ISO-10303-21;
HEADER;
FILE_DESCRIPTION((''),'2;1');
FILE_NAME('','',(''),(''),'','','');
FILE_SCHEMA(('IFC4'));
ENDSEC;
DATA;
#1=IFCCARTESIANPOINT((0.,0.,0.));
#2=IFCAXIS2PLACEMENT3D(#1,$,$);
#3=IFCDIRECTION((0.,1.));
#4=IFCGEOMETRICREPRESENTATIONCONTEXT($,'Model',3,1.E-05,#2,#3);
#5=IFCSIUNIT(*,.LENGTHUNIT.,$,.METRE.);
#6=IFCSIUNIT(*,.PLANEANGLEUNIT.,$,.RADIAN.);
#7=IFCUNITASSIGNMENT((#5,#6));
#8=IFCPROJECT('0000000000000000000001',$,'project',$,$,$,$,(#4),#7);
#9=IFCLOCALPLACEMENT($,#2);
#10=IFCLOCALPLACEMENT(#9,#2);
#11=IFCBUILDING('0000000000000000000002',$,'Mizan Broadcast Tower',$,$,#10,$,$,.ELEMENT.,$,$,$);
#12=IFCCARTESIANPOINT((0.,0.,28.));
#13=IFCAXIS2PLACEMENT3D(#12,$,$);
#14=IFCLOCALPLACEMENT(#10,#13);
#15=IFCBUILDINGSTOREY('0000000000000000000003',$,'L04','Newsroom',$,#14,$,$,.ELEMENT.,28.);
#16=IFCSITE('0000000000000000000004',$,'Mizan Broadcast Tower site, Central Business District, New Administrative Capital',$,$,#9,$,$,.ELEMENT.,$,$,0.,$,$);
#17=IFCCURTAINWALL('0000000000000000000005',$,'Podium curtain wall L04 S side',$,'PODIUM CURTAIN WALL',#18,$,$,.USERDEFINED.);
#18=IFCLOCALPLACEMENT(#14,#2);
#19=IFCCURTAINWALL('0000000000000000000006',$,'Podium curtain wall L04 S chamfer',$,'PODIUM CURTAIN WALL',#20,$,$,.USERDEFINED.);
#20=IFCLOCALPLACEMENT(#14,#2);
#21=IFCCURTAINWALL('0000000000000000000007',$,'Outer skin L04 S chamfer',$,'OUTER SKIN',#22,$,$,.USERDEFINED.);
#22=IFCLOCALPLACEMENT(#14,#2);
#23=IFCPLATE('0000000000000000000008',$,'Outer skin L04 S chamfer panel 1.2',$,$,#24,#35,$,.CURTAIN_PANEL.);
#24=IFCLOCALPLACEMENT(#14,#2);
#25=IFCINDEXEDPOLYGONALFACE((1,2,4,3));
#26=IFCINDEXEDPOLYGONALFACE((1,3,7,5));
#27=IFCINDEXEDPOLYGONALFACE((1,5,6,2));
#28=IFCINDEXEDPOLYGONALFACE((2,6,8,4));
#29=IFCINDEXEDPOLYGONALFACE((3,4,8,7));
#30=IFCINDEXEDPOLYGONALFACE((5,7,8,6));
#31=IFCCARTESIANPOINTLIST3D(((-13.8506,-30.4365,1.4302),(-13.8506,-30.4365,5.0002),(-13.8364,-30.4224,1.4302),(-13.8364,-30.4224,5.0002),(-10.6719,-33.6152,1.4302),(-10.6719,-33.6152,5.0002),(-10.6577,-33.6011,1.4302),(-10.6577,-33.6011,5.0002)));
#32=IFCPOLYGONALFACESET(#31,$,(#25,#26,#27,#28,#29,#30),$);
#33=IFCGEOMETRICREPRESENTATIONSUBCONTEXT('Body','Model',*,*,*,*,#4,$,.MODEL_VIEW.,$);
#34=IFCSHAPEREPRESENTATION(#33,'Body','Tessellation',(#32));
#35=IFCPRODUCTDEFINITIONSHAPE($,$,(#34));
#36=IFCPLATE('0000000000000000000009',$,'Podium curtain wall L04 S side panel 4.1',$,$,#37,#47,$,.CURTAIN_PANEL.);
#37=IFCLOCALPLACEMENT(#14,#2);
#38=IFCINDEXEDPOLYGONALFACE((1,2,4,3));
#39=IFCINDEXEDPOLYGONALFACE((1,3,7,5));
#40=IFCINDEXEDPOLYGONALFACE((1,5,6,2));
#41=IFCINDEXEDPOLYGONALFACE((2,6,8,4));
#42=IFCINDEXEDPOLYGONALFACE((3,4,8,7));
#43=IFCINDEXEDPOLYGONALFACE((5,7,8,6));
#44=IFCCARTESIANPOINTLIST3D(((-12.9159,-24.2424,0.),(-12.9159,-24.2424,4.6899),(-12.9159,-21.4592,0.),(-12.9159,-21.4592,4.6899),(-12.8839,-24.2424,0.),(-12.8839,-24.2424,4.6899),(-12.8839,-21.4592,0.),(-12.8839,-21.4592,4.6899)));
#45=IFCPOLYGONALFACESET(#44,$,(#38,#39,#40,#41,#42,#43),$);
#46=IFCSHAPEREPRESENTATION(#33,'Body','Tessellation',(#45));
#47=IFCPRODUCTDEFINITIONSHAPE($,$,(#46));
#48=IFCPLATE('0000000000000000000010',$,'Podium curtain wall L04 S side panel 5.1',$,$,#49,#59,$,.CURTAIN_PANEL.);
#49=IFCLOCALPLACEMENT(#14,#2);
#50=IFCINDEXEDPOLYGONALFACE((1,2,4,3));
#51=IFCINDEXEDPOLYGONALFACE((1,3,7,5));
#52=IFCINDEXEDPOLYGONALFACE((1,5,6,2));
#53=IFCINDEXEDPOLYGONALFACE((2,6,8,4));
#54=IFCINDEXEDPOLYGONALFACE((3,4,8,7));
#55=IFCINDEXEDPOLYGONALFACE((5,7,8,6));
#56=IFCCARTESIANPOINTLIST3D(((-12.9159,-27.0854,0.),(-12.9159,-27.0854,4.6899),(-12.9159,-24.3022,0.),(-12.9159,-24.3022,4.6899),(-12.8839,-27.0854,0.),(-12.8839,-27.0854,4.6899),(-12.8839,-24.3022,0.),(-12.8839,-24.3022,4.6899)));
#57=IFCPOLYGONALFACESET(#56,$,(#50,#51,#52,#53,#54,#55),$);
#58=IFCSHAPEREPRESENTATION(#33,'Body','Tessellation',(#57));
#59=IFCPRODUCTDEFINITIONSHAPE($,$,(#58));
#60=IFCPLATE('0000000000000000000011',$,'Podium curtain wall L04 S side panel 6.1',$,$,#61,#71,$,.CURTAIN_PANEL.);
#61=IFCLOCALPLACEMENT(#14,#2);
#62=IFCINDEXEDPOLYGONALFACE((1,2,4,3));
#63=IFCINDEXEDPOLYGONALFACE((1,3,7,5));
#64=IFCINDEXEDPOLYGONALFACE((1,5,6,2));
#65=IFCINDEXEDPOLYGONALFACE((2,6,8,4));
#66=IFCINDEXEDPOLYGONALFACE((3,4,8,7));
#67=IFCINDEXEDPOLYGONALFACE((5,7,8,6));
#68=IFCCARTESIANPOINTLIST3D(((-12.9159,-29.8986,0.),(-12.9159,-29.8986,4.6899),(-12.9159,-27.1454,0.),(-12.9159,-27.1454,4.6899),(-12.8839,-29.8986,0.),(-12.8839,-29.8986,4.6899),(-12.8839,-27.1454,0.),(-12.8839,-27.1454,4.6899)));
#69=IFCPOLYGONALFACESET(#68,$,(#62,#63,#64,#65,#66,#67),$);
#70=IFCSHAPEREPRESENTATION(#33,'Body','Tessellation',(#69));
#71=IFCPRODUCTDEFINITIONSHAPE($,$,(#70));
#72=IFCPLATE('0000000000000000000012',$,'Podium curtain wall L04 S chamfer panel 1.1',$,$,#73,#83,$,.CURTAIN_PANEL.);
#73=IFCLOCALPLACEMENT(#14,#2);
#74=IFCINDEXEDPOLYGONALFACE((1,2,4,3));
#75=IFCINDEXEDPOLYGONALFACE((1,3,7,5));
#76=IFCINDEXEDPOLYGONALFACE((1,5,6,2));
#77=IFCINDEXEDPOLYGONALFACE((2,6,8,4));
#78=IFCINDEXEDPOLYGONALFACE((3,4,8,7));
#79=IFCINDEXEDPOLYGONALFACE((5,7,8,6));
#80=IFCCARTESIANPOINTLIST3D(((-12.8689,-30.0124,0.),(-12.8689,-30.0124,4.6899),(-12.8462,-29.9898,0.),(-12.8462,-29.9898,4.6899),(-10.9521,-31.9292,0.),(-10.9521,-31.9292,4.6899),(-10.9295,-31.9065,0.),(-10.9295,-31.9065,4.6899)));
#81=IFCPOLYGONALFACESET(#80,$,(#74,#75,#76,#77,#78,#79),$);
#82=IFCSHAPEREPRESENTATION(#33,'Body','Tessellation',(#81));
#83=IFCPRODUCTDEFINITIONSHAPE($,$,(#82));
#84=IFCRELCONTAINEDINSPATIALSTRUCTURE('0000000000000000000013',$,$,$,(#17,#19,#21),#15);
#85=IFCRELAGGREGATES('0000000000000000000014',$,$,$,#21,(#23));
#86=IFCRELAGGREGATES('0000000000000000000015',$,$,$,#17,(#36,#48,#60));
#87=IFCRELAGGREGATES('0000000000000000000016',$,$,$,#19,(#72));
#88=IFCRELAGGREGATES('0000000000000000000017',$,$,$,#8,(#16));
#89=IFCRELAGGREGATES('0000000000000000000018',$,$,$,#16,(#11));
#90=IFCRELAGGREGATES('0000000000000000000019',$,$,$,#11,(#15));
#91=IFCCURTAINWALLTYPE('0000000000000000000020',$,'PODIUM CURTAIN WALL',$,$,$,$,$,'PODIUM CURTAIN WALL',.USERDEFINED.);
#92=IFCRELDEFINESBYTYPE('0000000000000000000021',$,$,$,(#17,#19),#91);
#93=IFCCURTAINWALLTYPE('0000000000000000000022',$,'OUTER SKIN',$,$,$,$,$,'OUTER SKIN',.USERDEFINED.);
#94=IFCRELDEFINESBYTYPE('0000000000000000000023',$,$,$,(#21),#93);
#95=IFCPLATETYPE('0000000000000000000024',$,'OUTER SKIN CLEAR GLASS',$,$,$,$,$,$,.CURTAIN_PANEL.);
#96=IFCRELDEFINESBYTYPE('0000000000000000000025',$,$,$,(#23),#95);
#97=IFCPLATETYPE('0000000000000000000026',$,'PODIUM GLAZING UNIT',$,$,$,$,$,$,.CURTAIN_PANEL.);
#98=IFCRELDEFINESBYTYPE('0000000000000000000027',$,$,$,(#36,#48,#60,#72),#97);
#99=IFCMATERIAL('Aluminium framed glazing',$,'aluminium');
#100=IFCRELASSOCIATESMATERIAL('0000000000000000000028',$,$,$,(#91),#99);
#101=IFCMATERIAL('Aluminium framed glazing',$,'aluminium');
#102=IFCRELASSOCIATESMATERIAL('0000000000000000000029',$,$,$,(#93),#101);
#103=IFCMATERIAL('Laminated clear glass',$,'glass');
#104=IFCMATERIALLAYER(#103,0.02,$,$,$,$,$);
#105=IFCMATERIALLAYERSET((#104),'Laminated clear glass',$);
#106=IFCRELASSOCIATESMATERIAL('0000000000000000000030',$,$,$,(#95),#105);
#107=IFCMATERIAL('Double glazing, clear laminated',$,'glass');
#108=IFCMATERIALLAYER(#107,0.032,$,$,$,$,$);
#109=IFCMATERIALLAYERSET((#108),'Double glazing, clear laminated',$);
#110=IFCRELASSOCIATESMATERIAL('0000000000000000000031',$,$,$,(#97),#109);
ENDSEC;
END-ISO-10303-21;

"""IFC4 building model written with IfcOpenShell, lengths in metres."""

from ifc_helpers import new_model, si_unit, direction, frame, origin, origin_2d, place, context, subcontext, project, spatial, rectangle, extrude, material, layer, layer_set, type_object, element, aggregate, save


model = new_model("IFC4")

# Units and contexts
model_context = context("Model", 3, precision=1e-05, world=origin(), true_north=direction((0.0, 1.0)))
body_context = subcontext(model_context, "Body", "Model", "MODEL_VIEW")
ifc_project = project(units=[si_unit("LENGTHUNIT", "METRE"), si_unit("PLANEANGLEUNIT", "RADIAN")], contexts=[model_context])

# Site, building, storey
site_placement = place(None, origin())
site = spatial("IfcSite", under=ifc_project, at=site_placement, Name="Mizan Broadcast Tower site, Central Business District, New Administrative Capital", CompositionType="ELEMENT", RefElevation=0.0)
building_placement = place(site_placement, origin())
building = spatial("IfcBuilding", under=site, at=building_placement, Name="Mizan Broadcast Tower", CompositionType="ELEMENT")
storey_placement = place(building_placement, frame((0.0, 0.0, 28.0)))
storey = spatial("IfcBuildingStorey", under=building, at=storey_placement, Name="L04", Description="Newsroom", CompositionType="ELEMENT", Elevation=28.0)

# Curtain wall
ifc_material_1 = material(Name="Aluminium framed glazing", Category="aluminium")
curtain_wall_type_1 = type_object("IfcCurtainWallType", Name="PODIUM CURTAIN WALL", ElementType="PODIUM CURTAIN WALL", PredefinedType="USERDEFINED", material=ifc_material_1)
curtain_wall_1_placement = place(storey_placement, origin())
curtain_wall_1 = element("IfcCurtainWall", 1, at=curtain_wall_1_placement, inside=storey, type_object=curtain_wall_type_1, Name="Podium curtain wall L04 S side", ObjectType="PODIUM CURTAIN WALL", PredefinedType="USERDEFINED")

# Curtain wall
curtain_wall_2_placement = place(storey_placement, origin())
curtain_wall_2 = element("IfcCurtainWall", 2, at=curtain_wall_2_placement, inside=storey, type_object=curtain_wall_type_1, Name="Podium curtain wall L04 S chamfer", ObjectType="PODIUM CURTAIN WALL", PredefinedType="USERDEFINED")

# Curtain wall
ifc_material_2 = material(Name="Aluminium framed glazing", Category="aluminium")
curtain_wall_type_2 = type_object("IfcCurtainWallType", Name="OUTER SKIN", ElementType="OUTER SKIN", PredefinedType="USERDEFINED", material=ifc_material_2)
curtain_wall_3_placement = place(storey_placement, origin())
curtain_wall_3 = element("IfcCurtainWall", 3, at=curtain_wall_3_placement, inside=storey, type_object=curtain_wall_type_2, Name="Outer skin L04 S chamfer", ObjectType="OUTER SKIN", PredefinedType="USERDEFINED")

# Plates
ifc_material_3 = material(Name="Laminated clear glass", Category="glass")
ifc_layer_1 = layer(ifc_material_3, 0.02)
ifc_layer_set_1 = layer_set([ifc_layer_1], Name="Laminated clear glass")
plate_type_1 = type_object("IfcPlateType", Name="OUTER SKIN CLEAR GLASS", PredefinedType="CURTAIN_PANEL", material=ifc_layer_set_1)
plate_1_placement = place(storey_placement, frame((-12.2542, -32.0188, 1.4302), z_axis=(0.0, 0.0, 1.0), x_axis=(0.707107, -0.707107, 0.0)))
plate_1 = element("IfcPlate", 4, at=plate_1_placement, type_object=plate_type_1, Name="Outer skin L04 S chamfer panel 1.2", PredefinedType="CURTAIN_PANEL", context=body_context, shape_type="SweptSolid", body=[
    extrude(rectangle(XDim=4.4954, YDim=0.02, at=origin_2d()), origin(), (0.0, 0.0, 1.0), 3.5701),
])
aggregate(curtain_wall_3, [plate_1])
ifc_material_4 = material(Name="Double glazing, clear laminated", Category="glass")
ifc_layer_2 = layer(ifc_material_4, 0.032)
ifc_layer_set_2 = layer_set([ifc_layer_2], Name="Double glazing, clear laminated")
plate_type_2 = type_object("IfcPlateType", Name="PODIUM GLAZING UNIT", PredefinedType="CURTAIN_PANEL", material=ifc_layer_set_2)
plate_2_placement = place(storey_placement, frame((-12.8999, -22.8508, 0.0), z_axis=(0.0, 0.0, 1.0), x_axis=(0.0, -1.0, 0.0)))
plate_2 = element("IfcPlate", 5, at=plate_2_placement, type_object=plate_type_2, Name="Podium curtain wall L04 S side panel 4.1", PredefinedType="CURTAIN_PANEL", context=body_context, shape_type="SweptSolid", body=[
    extrude(rectangle(XDim=2.7832, YDim=0.032, at=origin_2d()), origin(), (0.0, 0.0, 1.0), 4.6899),
])
plate_3_placement = place(storey_placement, frame((-12.8999, -25.6938, 0.0), z_axis=(0.0, 0.0, 1.0), x_axis=(0.0, -1.0, 0.0)))
plate_3 = element("IfcPlate", 6, at=plate_3_placement, type_object=plate_type_2, Name="Podium curtain wall L04 S side panel 5.1", PredefinedType="CURTAIN_PANEL", context=body_context, shape_type="SweptSolid", body=[
    extrude(rectangle(XDim=2.7832, YDim=0.032, at=origin_2d()), origin(), (0.0, 0.0, 1.0), 4.6899),
])
plate_4_placement = place(storey_placement, frame((-12.8999, -28.522, 0.0), z_axis=(0.0, 0.0, 1.0), x_axis=(0.0, -1.0, 0.0)))
plate_4 = element("IfcPlate", 7, at=plate_4_placement, type_object=plate_type_2, Name="Podium curtain wall L04 S side panel 6.1", PredefinedType="CURTAIN_PANEL", context=body_context, shape_type="SweptSolid", body=[
    extrude(rectangle(XDim=2.7532, YDim=0.032, at=origin_2d()), origin(), (0.0, 0.0, 1.0), 4.6899),
])
aggregate(curtain_wall_1, [plate_2, plate_3, plate_4])
plate_5_placement = place(storey_placement, frame((-11.8992, -30.9595, 0.0), z_axis=(0.0, 0.0, 1.0), x_axis=(0.707107, -0.707107, 0.0)))
plate_5 = element("IfcPlate", 8, at=plate_5_placement, type_object=plate_type_2, Name="Podium curtain wall L04 S chamfer panel 1.1", PredefinedType="CURTAIN_PANEL", context=body_context, shape_type="SweptSolid", body=[
    extrude(rectangle(XDim=2.7107, YDim=0.032, at=origin_2d()), origin(), (0.0, 0.0, 1.0), 4.6899),
])
aggregate(curtain_wall_2, [plate_5])

save(model, "model.ifc")
